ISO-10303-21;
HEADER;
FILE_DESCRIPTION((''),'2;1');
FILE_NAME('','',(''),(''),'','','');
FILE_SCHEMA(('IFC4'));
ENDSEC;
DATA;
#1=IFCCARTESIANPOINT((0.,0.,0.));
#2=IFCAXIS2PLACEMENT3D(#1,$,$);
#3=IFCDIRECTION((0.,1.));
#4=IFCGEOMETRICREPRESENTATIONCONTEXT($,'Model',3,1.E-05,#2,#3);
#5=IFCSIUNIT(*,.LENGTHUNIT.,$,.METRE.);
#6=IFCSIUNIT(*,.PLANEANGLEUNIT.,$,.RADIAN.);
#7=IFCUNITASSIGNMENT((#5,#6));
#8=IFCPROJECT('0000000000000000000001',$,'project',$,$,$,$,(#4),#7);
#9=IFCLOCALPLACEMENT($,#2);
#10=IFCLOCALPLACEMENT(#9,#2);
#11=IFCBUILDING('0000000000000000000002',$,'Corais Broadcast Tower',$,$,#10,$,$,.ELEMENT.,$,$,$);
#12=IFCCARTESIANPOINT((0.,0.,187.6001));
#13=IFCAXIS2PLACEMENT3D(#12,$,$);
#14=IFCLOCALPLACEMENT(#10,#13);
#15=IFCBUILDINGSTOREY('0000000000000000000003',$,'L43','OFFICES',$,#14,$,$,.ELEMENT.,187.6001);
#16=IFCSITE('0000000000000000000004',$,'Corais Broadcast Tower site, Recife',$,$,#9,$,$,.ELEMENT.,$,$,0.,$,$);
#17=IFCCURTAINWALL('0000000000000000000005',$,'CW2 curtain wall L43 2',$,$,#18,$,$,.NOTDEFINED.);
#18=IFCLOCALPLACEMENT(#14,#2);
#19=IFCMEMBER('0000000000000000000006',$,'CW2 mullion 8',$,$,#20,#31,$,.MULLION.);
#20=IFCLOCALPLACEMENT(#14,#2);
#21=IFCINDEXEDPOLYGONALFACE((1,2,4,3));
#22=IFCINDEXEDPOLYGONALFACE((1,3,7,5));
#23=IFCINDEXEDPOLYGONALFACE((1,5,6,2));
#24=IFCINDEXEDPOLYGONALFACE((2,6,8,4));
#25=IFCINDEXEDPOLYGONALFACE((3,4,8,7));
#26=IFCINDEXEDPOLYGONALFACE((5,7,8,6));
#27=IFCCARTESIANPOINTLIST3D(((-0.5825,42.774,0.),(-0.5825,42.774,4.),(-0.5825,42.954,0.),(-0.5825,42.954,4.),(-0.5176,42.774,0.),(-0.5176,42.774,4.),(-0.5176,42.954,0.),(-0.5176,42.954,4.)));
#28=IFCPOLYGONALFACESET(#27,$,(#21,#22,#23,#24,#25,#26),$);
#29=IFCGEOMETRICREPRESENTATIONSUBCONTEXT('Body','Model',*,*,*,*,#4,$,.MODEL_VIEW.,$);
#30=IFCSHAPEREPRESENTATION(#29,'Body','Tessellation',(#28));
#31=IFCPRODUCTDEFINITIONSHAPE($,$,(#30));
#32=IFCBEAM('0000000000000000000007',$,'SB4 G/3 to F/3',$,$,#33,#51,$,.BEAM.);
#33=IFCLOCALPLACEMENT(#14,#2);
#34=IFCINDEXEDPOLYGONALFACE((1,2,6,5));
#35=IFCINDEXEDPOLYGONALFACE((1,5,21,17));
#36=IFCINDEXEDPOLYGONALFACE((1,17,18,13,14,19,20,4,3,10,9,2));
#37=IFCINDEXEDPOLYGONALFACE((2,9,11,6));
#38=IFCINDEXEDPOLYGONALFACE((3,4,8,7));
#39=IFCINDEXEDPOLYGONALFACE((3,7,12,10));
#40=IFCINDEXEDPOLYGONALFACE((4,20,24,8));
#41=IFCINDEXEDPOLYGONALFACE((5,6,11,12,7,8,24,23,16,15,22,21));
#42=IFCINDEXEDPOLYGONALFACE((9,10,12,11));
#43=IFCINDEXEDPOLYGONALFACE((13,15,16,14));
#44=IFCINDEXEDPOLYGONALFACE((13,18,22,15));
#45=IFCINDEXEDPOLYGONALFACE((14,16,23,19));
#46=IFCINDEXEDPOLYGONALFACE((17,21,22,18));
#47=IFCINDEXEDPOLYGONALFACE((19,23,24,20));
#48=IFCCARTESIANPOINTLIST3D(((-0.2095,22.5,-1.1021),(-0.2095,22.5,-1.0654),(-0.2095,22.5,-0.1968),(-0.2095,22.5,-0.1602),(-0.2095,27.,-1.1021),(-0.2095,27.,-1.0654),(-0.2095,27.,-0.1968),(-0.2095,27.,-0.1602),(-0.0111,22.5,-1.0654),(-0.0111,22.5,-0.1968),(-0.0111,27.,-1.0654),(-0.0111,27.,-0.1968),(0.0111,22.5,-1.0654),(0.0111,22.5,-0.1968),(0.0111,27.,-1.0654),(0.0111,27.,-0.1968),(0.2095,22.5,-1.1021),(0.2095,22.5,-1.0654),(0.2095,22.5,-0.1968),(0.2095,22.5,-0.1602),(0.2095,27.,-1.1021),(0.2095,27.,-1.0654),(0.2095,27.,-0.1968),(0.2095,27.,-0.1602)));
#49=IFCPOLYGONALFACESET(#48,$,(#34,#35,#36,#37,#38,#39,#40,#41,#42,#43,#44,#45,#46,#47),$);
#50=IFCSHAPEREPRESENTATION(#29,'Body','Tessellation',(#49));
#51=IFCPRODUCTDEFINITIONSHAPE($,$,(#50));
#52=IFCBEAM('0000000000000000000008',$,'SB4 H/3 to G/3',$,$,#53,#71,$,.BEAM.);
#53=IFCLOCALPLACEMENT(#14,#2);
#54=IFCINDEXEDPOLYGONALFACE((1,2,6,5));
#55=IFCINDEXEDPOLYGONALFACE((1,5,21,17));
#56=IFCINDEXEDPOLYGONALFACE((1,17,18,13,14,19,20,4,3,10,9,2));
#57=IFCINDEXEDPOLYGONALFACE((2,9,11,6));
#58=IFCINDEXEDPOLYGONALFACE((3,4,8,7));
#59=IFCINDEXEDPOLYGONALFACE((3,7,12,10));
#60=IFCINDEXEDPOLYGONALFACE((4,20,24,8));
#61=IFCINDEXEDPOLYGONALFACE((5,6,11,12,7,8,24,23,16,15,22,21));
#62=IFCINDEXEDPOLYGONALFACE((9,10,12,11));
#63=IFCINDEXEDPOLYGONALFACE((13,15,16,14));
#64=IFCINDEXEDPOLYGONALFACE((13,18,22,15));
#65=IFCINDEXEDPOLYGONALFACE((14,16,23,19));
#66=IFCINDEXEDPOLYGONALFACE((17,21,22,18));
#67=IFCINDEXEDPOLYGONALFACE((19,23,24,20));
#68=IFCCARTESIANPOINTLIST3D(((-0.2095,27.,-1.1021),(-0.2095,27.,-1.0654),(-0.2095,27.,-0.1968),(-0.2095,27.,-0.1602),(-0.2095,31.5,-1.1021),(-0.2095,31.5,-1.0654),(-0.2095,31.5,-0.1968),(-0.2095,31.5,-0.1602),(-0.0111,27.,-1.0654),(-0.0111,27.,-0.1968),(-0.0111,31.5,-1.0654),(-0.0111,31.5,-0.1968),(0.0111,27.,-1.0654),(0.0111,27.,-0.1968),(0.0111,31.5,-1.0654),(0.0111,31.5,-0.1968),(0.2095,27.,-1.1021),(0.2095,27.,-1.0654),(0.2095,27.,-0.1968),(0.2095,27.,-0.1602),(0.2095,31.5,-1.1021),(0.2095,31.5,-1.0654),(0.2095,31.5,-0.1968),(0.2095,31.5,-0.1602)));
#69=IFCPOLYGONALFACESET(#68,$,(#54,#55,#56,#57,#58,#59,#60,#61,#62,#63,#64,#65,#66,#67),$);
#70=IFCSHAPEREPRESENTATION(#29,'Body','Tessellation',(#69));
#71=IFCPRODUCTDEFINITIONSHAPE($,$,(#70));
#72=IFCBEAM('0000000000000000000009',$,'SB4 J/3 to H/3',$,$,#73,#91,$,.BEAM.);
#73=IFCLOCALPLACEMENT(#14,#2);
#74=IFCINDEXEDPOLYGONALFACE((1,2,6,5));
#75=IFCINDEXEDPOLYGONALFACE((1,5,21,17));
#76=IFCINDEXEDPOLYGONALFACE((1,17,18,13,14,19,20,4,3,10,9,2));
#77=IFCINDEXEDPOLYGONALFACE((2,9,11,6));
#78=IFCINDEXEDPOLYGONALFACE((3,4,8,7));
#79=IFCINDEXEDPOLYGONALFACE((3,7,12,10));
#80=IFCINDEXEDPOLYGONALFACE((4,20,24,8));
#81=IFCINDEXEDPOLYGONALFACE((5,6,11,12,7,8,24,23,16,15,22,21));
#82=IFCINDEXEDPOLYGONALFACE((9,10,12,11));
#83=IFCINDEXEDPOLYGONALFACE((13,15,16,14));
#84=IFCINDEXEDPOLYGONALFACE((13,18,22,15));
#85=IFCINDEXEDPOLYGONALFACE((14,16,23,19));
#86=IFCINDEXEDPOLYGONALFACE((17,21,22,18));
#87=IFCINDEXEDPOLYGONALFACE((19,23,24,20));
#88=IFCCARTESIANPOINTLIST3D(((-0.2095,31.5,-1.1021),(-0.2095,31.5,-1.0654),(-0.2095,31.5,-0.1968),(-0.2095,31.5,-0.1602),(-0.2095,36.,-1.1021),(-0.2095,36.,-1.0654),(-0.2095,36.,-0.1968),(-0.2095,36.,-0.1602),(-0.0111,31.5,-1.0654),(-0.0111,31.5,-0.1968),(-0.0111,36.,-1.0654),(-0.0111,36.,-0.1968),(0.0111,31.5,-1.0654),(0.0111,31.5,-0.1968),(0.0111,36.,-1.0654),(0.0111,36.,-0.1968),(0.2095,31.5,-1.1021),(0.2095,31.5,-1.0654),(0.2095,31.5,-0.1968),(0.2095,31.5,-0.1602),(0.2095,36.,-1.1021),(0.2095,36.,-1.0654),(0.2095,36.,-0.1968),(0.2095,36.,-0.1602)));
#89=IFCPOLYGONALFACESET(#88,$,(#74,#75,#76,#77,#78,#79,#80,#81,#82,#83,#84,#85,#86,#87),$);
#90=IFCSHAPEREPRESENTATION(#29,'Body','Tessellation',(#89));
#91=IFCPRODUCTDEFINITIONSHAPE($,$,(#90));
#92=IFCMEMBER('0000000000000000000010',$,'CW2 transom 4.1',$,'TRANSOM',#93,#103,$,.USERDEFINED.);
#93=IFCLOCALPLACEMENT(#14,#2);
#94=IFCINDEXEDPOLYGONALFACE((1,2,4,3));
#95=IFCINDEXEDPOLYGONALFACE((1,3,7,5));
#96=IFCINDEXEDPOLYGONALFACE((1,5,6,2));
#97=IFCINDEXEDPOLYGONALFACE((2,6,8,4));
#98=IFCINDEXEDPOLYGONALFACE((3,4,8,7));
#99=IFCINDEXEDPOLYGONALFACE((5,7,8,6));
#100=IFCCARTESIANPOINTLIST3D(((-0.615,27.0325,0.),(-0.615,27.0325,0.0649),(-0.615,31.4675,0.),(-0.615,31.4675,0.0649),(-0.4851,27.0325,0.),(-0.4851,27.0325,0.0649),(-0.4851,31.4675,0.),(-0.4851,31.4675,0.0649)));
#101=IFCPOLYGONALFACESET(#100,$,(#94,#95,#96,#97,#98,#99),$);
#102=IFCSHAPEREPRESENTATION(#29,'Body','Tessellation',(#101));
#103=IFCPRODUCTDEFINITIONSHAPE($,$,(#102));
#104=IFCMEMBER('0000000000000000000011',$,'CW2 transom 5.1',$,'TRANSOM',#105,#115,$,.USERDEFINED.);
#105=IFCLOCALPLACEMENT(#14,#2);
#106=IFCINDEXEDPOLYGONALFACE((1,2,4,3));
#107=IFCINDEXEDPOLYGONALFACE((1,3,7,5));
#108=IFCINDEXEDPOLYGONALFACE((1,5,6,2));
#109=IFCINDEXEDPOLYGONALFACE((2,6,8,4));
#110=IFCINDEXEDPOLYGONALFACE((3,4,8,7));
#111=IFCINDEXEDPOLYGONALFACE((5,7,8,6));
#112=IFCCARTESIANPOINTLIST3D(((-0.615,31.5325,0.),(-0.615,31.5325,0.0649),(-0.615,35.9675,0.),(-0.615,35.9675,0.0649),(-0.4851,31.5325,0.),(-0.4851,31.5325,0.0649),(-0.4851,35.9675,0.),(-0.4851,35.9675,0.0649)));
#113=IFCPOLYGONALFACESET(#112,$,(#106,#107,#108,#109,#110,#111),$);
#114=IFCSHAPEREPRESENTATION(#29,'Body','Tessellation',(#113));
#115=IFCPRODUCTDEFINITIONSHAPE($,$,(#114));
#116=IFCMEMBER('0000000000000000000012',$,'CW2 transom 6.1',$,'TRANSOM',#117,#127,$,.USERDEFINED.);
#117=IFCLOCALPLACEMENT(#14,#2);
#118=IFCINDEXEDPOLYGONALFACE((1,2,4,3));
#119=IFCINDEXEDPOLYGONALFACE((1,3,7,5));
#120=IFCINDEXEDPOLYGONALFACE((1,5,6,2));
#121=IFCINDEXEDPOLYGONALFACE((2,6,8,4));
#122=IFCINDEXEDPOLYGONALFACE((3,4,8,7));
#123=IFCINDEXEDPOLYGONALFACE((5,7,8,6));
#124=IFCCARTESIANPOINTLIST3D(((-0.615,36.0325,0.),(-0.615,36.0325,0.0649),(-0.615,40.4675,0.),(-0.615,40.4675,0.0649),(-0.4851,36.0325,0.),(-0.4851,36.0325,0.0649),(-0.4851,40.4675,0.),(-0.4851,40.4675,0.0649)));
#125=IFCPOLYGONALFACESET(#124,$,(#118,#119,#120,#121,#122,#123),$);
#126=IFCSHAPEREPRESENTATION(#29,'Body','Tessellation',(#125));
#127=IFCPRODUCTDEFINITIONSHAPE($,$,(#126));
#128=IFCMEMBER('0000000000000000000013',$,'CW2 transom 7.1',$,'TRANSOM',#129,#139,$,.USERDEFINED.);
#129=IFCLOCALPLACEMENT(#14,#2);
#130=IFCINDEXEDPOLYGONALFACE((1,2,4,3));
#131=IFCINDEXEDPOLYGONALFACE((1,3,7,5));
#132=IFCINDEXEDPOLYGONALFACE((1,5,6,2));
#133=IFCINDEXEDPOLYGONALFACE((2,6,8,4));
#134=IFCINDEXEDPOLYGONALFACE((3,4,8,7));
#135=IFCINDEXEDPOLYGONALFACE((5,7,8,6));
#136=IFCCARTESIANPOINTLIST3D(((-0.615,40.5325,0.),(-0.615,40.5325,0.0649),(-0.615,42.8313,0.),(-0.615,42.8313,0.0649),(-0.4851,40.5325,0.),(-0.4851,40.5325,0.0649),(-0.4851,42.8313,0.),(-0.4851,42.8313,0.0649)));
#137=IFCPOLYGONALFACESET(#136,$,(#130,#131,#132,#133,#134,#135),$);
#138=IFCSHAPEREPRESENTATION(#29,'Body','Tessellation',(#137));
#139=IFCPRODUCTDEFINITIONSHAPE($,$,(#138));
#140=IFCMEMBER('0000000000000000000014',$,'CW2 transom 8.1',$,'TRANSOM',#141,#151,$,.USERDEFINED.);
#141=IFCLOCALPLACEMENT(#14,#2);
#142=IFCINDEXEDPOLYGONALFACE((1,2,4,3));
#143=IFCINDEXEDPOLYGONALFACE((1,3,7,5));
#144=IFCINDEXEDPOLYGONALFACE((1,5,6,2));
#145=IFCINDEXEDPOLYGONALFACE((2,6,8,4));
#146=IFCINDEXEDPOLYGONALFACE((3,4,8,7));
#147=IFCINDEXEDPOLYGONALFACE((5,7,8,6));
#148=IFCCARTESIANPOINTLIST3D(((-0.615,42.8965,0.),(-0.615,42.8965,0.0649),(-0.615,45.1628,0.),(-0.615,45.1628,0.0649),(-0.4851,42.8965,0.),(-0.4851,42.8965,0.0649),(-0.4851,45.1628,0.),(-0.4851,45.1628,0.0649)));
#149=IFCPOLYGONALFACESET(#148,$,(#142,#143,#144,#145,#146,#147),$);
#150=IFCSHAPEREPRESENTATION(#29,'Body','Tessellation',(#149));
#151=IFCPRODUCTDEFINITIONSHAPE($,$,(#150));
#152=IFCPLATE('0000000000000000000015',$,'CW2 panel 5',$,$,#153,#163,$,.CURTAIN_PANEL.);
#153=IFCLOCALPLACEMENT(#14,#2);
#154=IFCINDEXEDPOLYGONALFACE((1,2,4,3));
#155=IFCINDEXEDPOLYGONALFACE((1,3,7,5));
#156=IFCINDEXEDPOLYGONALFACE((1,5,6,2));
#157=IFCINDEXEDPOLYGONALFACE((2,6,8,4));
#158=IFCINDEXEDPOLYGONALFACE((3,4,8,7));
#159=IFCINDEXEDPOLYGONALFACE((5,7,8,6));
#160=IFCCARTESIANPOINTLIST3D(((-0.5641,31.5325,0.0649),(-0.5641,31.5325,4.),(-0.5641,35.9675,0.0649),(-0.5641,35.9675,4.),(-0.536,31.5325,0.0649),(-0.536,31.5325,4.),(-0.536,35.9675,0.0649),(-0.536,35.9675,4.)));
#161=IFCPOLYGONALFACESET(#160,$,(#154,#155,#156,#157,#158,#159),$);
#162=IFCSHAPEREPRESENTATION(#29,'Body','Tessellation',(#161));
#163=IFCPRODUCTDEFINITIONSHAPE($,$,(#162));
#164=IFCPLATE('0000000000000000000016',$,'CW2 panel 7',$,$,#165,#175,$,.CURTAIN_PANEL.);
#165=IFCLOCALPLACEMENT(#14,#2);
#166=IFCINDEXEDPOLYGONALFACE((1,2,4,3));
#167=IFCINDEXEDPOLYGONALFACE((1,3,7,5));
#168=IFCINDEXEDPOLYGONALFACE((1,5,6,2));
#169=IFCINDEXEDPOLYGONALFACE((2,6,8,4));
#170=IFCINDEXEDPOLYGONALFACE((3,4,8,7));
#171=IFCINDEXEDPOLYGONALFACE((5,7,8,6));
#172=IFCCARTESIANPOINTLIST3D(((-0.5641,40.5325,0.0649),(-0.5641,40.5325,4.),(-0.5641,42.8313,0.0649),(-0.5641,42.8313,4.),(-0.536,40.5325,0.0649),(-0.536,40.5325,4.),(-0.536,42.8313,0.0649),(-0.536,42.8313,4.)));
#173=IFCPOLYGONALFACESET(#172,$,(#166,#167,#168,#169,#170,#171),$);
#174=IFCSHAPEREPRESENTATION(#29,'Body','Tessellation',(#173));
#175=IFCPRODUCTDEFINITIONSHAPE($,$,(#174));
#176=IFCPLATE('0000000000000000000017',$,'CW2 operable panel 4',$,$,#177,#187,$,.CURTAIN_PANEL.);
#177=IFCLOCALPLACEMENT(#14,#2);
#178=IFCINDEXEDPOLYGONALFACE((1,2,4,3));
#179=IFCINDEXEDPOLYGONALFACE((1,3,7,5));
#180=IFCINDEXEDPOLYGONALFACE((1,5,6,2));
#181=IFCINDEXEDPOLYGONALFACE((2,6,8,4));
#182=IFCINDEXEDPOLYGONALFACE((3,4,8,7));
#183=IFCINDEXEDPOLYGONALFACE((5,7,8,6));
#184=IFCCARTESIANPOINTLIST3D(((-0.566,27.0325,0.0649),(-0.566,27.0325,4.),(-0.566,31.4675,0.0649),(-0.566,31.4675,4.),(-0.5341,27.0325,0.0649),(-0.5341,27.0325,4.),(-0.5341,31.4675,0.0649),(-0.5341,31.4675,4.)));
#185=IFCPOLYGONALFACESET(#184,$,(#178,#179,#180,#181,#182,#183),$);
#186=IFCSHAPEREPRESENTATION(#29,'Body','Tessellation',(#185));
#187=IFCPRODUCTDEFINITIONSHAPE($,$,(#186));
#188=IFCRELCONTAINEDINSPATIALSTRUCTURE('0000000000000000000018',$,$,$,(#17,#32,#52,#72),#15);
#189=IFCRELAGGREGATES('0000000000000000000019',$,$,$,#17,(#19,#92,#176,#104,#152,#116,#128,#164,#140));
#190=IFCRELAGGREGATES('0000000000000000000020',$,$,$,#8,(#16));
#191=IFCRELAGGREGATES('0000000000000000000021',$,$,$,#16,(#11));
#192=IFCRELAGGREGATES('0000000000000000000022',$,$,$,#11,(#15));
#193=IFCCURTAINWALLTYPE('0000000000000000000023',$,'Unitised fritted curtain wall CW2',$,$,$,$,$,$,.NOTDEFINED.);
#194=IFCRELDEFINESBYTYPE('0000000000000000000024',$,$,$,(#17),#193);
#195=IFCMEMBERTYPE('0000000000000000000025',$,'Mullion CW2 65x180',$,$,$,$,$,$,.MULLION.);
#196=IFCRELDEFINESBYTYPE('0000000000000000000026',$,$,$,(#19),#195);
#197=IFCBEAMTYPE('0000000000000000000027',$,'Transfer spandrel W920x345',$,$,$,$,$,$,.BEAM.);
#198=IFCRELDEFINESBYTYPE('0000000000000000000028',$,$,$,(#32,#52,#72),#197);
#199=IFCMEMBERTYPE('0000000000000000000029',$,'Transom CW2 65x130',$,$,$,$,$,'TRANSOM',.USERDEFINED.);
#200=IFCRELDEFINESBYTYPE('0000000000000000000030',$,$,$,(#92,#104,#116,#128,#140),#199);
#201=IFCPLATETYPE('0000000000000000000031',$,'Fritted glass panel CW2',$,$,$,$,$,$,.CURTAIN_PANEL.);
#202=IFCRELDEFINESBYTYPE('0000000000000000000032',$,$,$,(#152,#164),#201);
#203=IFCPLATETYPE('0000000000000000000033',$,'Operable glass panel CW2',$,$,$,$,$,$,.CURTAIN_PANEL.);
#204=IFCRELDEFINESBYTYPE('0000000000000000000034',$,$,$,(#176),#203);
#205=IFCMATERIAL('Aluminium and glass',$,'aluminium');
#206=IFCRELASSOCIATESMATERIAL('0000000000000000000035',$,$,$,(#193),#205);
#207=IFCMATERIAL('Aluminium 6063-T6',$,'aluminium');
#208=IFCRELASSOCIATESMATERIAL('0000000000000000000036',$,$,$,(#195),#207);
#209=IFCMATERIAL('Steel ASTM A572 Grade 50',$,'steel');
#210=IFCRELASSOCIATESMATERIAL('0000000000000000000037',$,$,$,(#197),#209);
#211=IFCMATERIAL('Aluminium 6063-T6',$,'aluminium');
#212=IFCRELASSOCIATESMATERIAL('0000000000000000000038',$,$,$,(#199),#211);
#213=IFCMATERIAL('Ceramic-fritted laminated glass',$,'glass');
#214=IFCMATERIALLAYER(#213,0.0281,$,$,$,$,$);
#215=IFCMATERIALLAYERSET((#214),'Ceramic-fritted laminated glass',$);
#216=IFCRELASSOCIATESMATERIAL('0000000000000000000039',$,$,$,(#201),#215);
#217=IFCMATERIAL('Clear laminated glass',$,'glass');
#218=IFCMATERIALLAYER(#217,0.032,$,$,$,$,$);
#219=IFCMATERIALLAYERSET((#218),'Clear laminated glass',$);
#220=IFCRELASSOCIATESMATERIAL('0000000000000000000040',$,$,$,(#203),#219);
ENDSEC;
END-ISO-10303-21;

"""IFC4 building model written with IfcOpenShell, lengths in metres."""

from ifc_helpers import new_model, si_unit, direction, frame, origin, origin_2d, place, context, subcontext, project, spatial, rectangle, i_section, extrude, material, layer, layer_set, material_profile, profile_set, type_object, element, aggregate, save


model = new_model("IFC4")

# Units and contexts
model_context = context("Model", 3, precision=1e-05, world=origin(), true_north=direction((0.0, 1.0)))
body_context = subcontext(model_context, "Body", "Model", "MODEL_VIEW")
ifc_project = project(units=[si_unit("LENGTHUNIT", "METRE"), si_unit("PLANEANGLEUNIT", "RADIAN")], contexts=[model_context])

# Site, building, storey
site_placement = place(None, origin())
site = spatial("IfcSite", under=ifc_project, at=site_placement, Name="Corais Broadcast Tower site, Recife", CompositionType="ELEMENT", RefElevation=0.0)
building_placement = place(site_placement, origin())
building = spatial("IfcBuilding", under=site, at=building_placement, Name="Corais Broadcast Tower", CompositionType="ELEMENT")
storey_placement = place(building_placement, frame((0.0, 0.0, 187.6001)))
storey = spatial("IfcBuildingStorey", under=building, at=storey_placement, Name="L43", Description="OFFICES", CompositionType="ELEMENT", Elevation=187.6001)

# Curtain wall, member
ifc_material_1 = material(Name="Aluminium and glass", Category="aluminium")
curtain_wall_type = type_object("IfcCurtainWallType", Name="Unitised fritted curtain wall CW2", PredefinedType="NOTDEFINED", material=ifc_material_1)
curtain_wall_placement = place(storey_placement, origin())
curtain_wall = element("IfcCurtainWall", 1, at=curtain_wall_placement, inside=storey, type_object=curtain_wall_type, Name="CW2 curtain wall L43 2", PredefinedType="NOTDEFINED")
ifc_material_2 = material(Name="Aluminium 6063-T6", Category="aluminium")
ifc_material_profile_1 = material_profile(ifc_material_2, rectangle(XDim=0.0649, YDim=0.1799, at=origin_2d()), Name="Mullion CW2 65x180")
ifc_profile_set_1 = profile_set([ifc_material_profile_1], Name="Aluminium 6063-T6")
member_type_1 = type_object("IfcMemberType", Name="Mullion CW2 65x180", PredefinedType="MULLION", material=ifc_profile_set_1)
member_1_placement = place(storey_placement, frame((-0.55, 42.864, 0.0), z_axis=(0.0, 0.0, 1.0), x_axis=(-1.0, 0.0, 0.0)))
member_1 = element("IfcMember", 2, at=member_1_placement, type_object=member_type_1, Name="CW2 mullion 8", PredefinedType="MULLION", context=body_context, shape_type="SweptSolid", body=[
    extrude(rectangle(XDim=0.0649, YDim=0.1799, at=origin_2d()), origin(), (0.0, 0.0, 1.0), 4.0),
])

# Beams
ifc_material_3 = material(Name="Steel ASTM A572 Grade 50", Category="steel")
ifc_material_profile_2 = material_profile(ifc_material_3, i_section(OverallWidth=0.4189, OverallDepth=0.9419, WebThickness=0.0222, FlangeThickness=0.0366, at=origin_2d()), Name="W920x345")
ifc_profile_set_2 = profile_set([ifc_material_profile_2], Name="Steel ASTM A572 Grade 50")
beam_type_1 = type_object("IfcBeamType", Name="Transfer spandrel W920x345", PredefinedType="BEAM", material=ifc_profile_set_2)
for number, where, z_axis, x_axis, name in (
    (3, (0.0, 27.0, -0.6311), (0.0, -1.0, 0.0), (1.0, 0.0, 0.0), "SB4 G/3 to F/3"),
    (4, (0.0, 31.5, -0.6311), (0.0, -1.0, 0.0), (1.0, 0.0, 0.0), "SB4 H/3 to G/3"),
    (5, (0.0, 36.0, -0.6311), (0.0, -1.0, 0.0), (1.0, 0.0, 0.0), "SB4 J/3 to H/3"),
):
    element("IfcBeam", number, at=place(storey_placement, frame(where, z_axis=z_axis, x_axis=x_axis)), inside=storey, type_object=beam_type_1, Name=name, PredefinedType="BEAM", context=body_context, shape_type="SweptSolid", body=[
        extrude(i_section(OverallWidth=0.4189, OverallDepth=0.9419, WebThickness=0.0222, FlangeThickness=0.0366, at=origin_2d()), origin(), (0.0, 0.0, 1.0), 4.5),
    ])

# Members
ifc_material_4 = material(Name="Aluminium 6063-T6", Category="aluminium")
ifc_material_profile_3 = material_profile(ifc_material_4, rectangle(XDim=0.1299, YDim=0.0649, at=origin_2d()), Name="Transom CW2 65x130")
ifc_profile_set_3 = profile_set([ifc_material_profile_3], Name="Aluminium 6063-T6")
member_type_2 = type_object("IfcMemberType", Name="Transom CW2 65x130", ElementType="TRANSOM", PredefinedType="USERDEFINED", material=ifc_profile_set_3)
member_2_placement = place(storey_placement, frame((-0.55, 27.0325, 0.0325), z_axis=(0.0, 1.0, 0.0), x_axis=(-1.0, 0.0, 0.0)))
member_2 = element("IfcMember", 6, at=member_2_placement, type_object=member_type_2, Name="CW2 transom 4.1", ObjectType="TRANSOM", PredefinedType="USERDEFINED", context=body_context, shape_type="SweptSolid", body=[
    extrude(rectangle(XDim=0.1299, YDim=0.0649, at=origin_2d()), origin(), (0.0, 0.0, 1.0), 4.4351),
])
member_3_placement = place(storey_placement, frame((-0.55, 31.5325, 0.0325), z_axis=(0.0, 1.0, 0.0), x_axis=(-1.0, 0.0, 0.0)))
member_3 = element("IfcMember", 7, at=member_3_placement, type_object=member_type_2, Name="CW2 transom 5.1", ObjectType="TRANSOM", PredefinedType="USERDEFINED", context=body_context, shape_type="SweptSolid", body=[
    extrude(rectangle(XDim=0.1299, YDim=0.0649, at=origin_2d()), origin(), (0.0, 0.0, 1.0), 4.4351),
])
member_4_placement = place(storey_placement, frame((-0.55, 36.0325, 0.0325), z_axis=(0.0, 1.0, 0.0), x_axis=(-1.0, 0.0, 0.0)))
member_4 = element("IfcMember", 8, at=member_4_placement, type_object=member_type_2, Name="CW2 transom 6.1", ObjectType="TRANSOM", PredefinedType="USERDEFINED", context=body_context, shape_type="SweptSolid", body=[
    extrude(rectangle(XDim=0.1299, YDim=0.0649, at=origin_2d()), origin(), (0.0, 0.0, 1.0), 4.4351),
])
member_5_placement = place(storey_placement, frame((-0.55, 40.5325, 0.0325), z_axis=(0.0, 1.0, 0.0), x_axis=(-1.0, 0.0, 0.0)))
member_5 = element("IfcMember", 9, at=member_5_placement, type_object=member_type_2, Name="CW2 transom 7.1", ObjectType="TRANSOM", PredefinedType="USERDEFINED", context=body_context, shape_type="SweptSolid", body=[
    extrude(rectangle(XDim=0.1299, YDim=0.0649, at=origin_2d()), origin(), (0.0, 0.0, 1.0), 2.2988),
])
member_6_placement = place(storey_placement, frame((-0.55, 42.8965, 0.0325), z_axis=(0.0, 1.0, 0.0), x_axis=(-1.0, 0.0, 0.0)))
member_6 = element("IfcMember", 10, at=member_6_placement, type_object=member_type_2, Name="CW2 transom 8.1", ObjectType="TRANSOM", PredefinedType="USERDEFINED", context=body_context, shape_type="SweptSolid", body=[
    extrude(rectangle(XDim=0.1299, YDim=0.0649, at=origin_2d()), origin(), (0.0, 0.0, 1.0), 2.2664),
])

# Plates
ifc_material_5 = material(Name="Ceramic-fritted laminated glass", Category="glass")
ifc_layer_1 = layer(ifc_material_5, 0.0281)
ifc_layer_set_1 = layer_set([ifc_layer_1], Name="Ceramic-fritted laminated glass")
plate_type_1 = type_object("IfcPlateType", Name="Fritted glass panel CW2", PredefinedType="CURTAIN_PANEL", material=ifc_layer_set_1)
plate_1_placement = place(storey_placement, frame((-0.55, 33.75, 0.0649), z_axis=(0.0, 0.0, 1.0), x_axis=(0.0, 1.0, 0.0)))
plate_1 = element("IfcPlate", 11, at=plate_1_placement, type_object=plate_type_1, Name="CW2 panel 5", PredefinedType="CURTAIN_PANEL", context=body_context, shape_type="SweptSolid", body=[
    extrude(rectangle(XDim=4.4351, YDim=0.0281, at=origin_2d()), origin(), (0.0, 0.0, 1.0), 3.9351),
])
plate_2_placement = place(storey_placement, frame((-0.55, 41.6819, 0.0649), z_axis=(0.0, 0.0, 1.0), x_axis=(0.0, 1.0, 0.0)))
plate_2 = element("IfcPlate", 12, at=plate_2_placement, type_object=plate_type_1, Name="CW2 panel 7", PredefinedType="CURTAIN_PANEL", context=body_context, shape_type="SweptSolid", body=[
    extrude(rectangle(XDim=2.2988, YDim=0.0281, at=origin_2d()), origin(), (0.0, 0.0, 1.0), 3.9351),
])
ifc_material_6 = material(Name="Clear laminated glass", Category="glass")
ifc_layer_2 = layer(ifc_material_6, 0.032)
ifc_layer_set_2 = layer_set([ifc_layer_2], Name="Clear laminated glass")
plate_type_2 = type_object("IfcPlateType", Name="Operable glass panel CW2", PredefinedType="CURTAIN_PANEL", material=ifc_layer_set_2)
plate_3_placement = place(storey_placement, frame((-0.55, 29.25, 0.0649), z_axis=(0.0, 0.0, 1.0), x_axis=(0.0, 1.0, 0.0)))
plate_3 = element("IfcPlate", 13, at=plate_3_placement, type_object=plate_type_2, Name="CW2 operable panel 4", PredefinedType="CURTAIN_PANEL", context=body_context, shape_type="SweptSolid", body=[
    extrude(rectangle(XDim=4.4351, YDim=0.032, at=origin_2d()), origin(), (0.0, 0.0, 1.0), 3.9351),
])
aggregate(curtain_wall, [member_1, member_2, plate_3, member_3, plate_1, member_4, member_5, plate_2, member_6])

save(model, "model.ifc")
